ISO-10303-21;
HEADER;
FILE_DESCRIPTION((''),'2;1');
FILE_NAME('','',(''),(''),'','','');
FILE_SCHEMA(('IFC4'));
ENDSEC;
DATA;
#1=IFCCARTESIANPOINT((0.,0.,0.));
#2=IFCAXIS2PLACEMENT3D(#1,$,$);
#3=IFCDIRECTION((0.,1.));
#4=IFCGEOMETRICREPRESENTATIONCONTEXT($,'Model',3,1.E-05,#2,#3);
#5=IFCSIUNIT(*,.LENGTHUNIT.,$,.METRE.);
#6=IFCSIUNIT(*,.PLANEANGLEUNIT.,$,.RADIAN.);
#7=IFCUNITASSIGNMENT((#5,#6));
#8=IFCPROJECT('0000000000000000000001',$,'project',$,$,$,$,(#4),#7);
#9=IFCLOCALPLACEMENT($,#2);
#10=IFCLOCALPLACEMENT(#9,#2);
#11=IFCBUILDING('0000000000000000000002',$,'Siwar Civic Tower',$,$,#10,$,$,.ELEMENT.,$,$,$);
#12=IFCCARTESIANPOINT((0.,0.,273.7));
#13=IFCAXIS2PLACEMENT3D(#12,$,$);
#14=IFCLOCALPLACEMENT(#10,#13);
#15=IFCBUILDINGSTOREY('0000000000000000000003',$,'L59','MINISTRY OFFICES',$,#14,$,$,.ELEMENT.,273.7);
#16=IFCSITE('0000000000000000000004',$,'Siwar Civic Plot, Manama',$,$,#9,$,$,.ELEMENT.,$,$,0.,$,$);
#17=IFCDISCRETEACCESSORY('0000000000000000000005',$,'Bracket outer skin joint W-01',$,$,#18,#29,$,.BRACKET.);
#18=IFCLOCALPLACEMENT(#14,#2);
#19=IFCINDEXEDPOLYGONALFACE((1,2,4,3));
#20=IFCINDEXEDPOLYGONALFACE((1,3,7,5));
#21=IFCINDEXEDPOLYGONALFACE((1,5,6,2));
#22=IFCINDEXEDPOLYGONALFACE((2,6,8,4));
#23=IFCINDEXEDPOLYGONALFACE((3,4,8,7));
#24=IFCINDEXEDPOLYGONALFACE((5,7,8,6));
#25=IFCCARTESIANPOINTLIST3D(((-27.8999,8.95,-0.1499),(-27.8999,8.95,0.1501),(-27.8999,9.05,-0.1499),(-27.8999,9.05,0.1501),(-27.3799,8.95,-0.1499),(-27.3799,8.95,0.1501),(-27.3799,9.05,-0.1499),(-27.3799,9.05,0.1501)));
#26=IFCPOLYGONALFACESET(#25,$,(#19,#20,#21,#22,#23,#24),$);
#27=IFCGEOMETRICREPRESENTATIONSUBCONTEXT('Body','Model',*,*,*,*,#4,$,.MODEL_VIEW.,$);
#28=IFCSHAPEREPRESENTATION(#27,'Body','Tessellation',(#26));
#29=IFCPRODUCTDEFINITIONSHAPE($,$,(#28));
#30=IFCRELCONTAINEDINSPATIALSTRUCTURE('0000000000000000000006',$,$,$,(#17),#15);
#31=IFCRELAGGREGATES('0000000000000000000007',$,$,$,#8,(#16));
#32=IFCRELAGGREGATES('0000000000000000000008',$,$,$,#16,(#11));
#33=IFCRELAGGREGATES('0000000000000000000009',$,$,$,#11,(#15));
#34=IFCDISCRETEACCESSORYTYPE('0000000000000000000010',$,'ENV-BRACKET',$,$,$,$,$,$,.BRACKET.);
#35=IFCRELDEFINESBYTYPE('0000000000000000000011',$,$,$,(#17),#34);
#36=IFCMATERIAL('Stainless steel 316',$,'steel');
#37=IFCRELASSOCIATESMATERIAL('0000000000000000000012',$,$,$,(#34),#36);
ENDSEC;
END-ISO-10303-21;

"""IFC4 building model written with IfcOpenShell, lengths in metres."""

from ifc_helpers import new_model, si_unit, direction, frame, origin, origin_2d, place, context, subcontext, project, spatial, rectangle, extrude, material, type_object, element, save


model = new_model("IFC4")

# Units and contexts
model_context = context("Model", 3, precision=1e-05, world=origin(), true_north=direction((0.0, 1.0)))
body_context = subcontext(model_context, "Body", "Model", "MODEL_VIEW")
ifc_project = project(units=[si_unit("LENGTHUNIT", "METRE"), si_unit("PLANEANGLEUNIT", "RADIAN")], contexts=[model_context])

# Site, building, storey
site_placement = place(None, origin())
site = spatial("IfcSite", under=ifc_project, at=site_placement, Name="Siwar Civic Plot, Manama", CompositionType="ELEMENT", RefElevation=0.0)
building_placement = place(site_placement, origin())
building = spatial("IfcBuilding", under=site, at=building_placement, Name="Siwar Civic Tower", CompositionType="ELEMENT")
storey_placement = place(building_placement, frame((0.0, 0.0, 273.7)))
storey = spatial("IfcBuildingStorey", under=building, at=storey_placement, Name="L59", Description="MINISTRY OFFICES", CompositionType="ELEMENT", Elevation=273.7)

# Discrete accessory
ifc_material_1 = material(Name="Stainless steel 316", Category="steel")
discrete_accessory_type = type_object("IfcDiscreteAccessoryType", Name="ENV-BRACKET", PredefinedType="BRACKET", material=ifc_material_1)
discrete_accessory_placement = place(storey_placement, frame((-27.6399, 9.0, -0.1499), z_axis=(0.0, 0.0, 1.0), x_axis=(-1.0, 0.0, 0.0)))
element("IfcDiscreteAccessory", 1, at=discrete_accessory_placement, inside=storey, type_object=discrete_accessory_type, Name="Bracket outer skin joint W-01", PredefinedType="BRACKET", context=body_context, shape_type="SweptSolid", body=[
    extrude(rectangle(XDim=0.52, YDim=0.1001, at=origin_2d()), origin(), (0.0, 0.0, 1.0), 0.3),
])

save(model, "model.ifc")
